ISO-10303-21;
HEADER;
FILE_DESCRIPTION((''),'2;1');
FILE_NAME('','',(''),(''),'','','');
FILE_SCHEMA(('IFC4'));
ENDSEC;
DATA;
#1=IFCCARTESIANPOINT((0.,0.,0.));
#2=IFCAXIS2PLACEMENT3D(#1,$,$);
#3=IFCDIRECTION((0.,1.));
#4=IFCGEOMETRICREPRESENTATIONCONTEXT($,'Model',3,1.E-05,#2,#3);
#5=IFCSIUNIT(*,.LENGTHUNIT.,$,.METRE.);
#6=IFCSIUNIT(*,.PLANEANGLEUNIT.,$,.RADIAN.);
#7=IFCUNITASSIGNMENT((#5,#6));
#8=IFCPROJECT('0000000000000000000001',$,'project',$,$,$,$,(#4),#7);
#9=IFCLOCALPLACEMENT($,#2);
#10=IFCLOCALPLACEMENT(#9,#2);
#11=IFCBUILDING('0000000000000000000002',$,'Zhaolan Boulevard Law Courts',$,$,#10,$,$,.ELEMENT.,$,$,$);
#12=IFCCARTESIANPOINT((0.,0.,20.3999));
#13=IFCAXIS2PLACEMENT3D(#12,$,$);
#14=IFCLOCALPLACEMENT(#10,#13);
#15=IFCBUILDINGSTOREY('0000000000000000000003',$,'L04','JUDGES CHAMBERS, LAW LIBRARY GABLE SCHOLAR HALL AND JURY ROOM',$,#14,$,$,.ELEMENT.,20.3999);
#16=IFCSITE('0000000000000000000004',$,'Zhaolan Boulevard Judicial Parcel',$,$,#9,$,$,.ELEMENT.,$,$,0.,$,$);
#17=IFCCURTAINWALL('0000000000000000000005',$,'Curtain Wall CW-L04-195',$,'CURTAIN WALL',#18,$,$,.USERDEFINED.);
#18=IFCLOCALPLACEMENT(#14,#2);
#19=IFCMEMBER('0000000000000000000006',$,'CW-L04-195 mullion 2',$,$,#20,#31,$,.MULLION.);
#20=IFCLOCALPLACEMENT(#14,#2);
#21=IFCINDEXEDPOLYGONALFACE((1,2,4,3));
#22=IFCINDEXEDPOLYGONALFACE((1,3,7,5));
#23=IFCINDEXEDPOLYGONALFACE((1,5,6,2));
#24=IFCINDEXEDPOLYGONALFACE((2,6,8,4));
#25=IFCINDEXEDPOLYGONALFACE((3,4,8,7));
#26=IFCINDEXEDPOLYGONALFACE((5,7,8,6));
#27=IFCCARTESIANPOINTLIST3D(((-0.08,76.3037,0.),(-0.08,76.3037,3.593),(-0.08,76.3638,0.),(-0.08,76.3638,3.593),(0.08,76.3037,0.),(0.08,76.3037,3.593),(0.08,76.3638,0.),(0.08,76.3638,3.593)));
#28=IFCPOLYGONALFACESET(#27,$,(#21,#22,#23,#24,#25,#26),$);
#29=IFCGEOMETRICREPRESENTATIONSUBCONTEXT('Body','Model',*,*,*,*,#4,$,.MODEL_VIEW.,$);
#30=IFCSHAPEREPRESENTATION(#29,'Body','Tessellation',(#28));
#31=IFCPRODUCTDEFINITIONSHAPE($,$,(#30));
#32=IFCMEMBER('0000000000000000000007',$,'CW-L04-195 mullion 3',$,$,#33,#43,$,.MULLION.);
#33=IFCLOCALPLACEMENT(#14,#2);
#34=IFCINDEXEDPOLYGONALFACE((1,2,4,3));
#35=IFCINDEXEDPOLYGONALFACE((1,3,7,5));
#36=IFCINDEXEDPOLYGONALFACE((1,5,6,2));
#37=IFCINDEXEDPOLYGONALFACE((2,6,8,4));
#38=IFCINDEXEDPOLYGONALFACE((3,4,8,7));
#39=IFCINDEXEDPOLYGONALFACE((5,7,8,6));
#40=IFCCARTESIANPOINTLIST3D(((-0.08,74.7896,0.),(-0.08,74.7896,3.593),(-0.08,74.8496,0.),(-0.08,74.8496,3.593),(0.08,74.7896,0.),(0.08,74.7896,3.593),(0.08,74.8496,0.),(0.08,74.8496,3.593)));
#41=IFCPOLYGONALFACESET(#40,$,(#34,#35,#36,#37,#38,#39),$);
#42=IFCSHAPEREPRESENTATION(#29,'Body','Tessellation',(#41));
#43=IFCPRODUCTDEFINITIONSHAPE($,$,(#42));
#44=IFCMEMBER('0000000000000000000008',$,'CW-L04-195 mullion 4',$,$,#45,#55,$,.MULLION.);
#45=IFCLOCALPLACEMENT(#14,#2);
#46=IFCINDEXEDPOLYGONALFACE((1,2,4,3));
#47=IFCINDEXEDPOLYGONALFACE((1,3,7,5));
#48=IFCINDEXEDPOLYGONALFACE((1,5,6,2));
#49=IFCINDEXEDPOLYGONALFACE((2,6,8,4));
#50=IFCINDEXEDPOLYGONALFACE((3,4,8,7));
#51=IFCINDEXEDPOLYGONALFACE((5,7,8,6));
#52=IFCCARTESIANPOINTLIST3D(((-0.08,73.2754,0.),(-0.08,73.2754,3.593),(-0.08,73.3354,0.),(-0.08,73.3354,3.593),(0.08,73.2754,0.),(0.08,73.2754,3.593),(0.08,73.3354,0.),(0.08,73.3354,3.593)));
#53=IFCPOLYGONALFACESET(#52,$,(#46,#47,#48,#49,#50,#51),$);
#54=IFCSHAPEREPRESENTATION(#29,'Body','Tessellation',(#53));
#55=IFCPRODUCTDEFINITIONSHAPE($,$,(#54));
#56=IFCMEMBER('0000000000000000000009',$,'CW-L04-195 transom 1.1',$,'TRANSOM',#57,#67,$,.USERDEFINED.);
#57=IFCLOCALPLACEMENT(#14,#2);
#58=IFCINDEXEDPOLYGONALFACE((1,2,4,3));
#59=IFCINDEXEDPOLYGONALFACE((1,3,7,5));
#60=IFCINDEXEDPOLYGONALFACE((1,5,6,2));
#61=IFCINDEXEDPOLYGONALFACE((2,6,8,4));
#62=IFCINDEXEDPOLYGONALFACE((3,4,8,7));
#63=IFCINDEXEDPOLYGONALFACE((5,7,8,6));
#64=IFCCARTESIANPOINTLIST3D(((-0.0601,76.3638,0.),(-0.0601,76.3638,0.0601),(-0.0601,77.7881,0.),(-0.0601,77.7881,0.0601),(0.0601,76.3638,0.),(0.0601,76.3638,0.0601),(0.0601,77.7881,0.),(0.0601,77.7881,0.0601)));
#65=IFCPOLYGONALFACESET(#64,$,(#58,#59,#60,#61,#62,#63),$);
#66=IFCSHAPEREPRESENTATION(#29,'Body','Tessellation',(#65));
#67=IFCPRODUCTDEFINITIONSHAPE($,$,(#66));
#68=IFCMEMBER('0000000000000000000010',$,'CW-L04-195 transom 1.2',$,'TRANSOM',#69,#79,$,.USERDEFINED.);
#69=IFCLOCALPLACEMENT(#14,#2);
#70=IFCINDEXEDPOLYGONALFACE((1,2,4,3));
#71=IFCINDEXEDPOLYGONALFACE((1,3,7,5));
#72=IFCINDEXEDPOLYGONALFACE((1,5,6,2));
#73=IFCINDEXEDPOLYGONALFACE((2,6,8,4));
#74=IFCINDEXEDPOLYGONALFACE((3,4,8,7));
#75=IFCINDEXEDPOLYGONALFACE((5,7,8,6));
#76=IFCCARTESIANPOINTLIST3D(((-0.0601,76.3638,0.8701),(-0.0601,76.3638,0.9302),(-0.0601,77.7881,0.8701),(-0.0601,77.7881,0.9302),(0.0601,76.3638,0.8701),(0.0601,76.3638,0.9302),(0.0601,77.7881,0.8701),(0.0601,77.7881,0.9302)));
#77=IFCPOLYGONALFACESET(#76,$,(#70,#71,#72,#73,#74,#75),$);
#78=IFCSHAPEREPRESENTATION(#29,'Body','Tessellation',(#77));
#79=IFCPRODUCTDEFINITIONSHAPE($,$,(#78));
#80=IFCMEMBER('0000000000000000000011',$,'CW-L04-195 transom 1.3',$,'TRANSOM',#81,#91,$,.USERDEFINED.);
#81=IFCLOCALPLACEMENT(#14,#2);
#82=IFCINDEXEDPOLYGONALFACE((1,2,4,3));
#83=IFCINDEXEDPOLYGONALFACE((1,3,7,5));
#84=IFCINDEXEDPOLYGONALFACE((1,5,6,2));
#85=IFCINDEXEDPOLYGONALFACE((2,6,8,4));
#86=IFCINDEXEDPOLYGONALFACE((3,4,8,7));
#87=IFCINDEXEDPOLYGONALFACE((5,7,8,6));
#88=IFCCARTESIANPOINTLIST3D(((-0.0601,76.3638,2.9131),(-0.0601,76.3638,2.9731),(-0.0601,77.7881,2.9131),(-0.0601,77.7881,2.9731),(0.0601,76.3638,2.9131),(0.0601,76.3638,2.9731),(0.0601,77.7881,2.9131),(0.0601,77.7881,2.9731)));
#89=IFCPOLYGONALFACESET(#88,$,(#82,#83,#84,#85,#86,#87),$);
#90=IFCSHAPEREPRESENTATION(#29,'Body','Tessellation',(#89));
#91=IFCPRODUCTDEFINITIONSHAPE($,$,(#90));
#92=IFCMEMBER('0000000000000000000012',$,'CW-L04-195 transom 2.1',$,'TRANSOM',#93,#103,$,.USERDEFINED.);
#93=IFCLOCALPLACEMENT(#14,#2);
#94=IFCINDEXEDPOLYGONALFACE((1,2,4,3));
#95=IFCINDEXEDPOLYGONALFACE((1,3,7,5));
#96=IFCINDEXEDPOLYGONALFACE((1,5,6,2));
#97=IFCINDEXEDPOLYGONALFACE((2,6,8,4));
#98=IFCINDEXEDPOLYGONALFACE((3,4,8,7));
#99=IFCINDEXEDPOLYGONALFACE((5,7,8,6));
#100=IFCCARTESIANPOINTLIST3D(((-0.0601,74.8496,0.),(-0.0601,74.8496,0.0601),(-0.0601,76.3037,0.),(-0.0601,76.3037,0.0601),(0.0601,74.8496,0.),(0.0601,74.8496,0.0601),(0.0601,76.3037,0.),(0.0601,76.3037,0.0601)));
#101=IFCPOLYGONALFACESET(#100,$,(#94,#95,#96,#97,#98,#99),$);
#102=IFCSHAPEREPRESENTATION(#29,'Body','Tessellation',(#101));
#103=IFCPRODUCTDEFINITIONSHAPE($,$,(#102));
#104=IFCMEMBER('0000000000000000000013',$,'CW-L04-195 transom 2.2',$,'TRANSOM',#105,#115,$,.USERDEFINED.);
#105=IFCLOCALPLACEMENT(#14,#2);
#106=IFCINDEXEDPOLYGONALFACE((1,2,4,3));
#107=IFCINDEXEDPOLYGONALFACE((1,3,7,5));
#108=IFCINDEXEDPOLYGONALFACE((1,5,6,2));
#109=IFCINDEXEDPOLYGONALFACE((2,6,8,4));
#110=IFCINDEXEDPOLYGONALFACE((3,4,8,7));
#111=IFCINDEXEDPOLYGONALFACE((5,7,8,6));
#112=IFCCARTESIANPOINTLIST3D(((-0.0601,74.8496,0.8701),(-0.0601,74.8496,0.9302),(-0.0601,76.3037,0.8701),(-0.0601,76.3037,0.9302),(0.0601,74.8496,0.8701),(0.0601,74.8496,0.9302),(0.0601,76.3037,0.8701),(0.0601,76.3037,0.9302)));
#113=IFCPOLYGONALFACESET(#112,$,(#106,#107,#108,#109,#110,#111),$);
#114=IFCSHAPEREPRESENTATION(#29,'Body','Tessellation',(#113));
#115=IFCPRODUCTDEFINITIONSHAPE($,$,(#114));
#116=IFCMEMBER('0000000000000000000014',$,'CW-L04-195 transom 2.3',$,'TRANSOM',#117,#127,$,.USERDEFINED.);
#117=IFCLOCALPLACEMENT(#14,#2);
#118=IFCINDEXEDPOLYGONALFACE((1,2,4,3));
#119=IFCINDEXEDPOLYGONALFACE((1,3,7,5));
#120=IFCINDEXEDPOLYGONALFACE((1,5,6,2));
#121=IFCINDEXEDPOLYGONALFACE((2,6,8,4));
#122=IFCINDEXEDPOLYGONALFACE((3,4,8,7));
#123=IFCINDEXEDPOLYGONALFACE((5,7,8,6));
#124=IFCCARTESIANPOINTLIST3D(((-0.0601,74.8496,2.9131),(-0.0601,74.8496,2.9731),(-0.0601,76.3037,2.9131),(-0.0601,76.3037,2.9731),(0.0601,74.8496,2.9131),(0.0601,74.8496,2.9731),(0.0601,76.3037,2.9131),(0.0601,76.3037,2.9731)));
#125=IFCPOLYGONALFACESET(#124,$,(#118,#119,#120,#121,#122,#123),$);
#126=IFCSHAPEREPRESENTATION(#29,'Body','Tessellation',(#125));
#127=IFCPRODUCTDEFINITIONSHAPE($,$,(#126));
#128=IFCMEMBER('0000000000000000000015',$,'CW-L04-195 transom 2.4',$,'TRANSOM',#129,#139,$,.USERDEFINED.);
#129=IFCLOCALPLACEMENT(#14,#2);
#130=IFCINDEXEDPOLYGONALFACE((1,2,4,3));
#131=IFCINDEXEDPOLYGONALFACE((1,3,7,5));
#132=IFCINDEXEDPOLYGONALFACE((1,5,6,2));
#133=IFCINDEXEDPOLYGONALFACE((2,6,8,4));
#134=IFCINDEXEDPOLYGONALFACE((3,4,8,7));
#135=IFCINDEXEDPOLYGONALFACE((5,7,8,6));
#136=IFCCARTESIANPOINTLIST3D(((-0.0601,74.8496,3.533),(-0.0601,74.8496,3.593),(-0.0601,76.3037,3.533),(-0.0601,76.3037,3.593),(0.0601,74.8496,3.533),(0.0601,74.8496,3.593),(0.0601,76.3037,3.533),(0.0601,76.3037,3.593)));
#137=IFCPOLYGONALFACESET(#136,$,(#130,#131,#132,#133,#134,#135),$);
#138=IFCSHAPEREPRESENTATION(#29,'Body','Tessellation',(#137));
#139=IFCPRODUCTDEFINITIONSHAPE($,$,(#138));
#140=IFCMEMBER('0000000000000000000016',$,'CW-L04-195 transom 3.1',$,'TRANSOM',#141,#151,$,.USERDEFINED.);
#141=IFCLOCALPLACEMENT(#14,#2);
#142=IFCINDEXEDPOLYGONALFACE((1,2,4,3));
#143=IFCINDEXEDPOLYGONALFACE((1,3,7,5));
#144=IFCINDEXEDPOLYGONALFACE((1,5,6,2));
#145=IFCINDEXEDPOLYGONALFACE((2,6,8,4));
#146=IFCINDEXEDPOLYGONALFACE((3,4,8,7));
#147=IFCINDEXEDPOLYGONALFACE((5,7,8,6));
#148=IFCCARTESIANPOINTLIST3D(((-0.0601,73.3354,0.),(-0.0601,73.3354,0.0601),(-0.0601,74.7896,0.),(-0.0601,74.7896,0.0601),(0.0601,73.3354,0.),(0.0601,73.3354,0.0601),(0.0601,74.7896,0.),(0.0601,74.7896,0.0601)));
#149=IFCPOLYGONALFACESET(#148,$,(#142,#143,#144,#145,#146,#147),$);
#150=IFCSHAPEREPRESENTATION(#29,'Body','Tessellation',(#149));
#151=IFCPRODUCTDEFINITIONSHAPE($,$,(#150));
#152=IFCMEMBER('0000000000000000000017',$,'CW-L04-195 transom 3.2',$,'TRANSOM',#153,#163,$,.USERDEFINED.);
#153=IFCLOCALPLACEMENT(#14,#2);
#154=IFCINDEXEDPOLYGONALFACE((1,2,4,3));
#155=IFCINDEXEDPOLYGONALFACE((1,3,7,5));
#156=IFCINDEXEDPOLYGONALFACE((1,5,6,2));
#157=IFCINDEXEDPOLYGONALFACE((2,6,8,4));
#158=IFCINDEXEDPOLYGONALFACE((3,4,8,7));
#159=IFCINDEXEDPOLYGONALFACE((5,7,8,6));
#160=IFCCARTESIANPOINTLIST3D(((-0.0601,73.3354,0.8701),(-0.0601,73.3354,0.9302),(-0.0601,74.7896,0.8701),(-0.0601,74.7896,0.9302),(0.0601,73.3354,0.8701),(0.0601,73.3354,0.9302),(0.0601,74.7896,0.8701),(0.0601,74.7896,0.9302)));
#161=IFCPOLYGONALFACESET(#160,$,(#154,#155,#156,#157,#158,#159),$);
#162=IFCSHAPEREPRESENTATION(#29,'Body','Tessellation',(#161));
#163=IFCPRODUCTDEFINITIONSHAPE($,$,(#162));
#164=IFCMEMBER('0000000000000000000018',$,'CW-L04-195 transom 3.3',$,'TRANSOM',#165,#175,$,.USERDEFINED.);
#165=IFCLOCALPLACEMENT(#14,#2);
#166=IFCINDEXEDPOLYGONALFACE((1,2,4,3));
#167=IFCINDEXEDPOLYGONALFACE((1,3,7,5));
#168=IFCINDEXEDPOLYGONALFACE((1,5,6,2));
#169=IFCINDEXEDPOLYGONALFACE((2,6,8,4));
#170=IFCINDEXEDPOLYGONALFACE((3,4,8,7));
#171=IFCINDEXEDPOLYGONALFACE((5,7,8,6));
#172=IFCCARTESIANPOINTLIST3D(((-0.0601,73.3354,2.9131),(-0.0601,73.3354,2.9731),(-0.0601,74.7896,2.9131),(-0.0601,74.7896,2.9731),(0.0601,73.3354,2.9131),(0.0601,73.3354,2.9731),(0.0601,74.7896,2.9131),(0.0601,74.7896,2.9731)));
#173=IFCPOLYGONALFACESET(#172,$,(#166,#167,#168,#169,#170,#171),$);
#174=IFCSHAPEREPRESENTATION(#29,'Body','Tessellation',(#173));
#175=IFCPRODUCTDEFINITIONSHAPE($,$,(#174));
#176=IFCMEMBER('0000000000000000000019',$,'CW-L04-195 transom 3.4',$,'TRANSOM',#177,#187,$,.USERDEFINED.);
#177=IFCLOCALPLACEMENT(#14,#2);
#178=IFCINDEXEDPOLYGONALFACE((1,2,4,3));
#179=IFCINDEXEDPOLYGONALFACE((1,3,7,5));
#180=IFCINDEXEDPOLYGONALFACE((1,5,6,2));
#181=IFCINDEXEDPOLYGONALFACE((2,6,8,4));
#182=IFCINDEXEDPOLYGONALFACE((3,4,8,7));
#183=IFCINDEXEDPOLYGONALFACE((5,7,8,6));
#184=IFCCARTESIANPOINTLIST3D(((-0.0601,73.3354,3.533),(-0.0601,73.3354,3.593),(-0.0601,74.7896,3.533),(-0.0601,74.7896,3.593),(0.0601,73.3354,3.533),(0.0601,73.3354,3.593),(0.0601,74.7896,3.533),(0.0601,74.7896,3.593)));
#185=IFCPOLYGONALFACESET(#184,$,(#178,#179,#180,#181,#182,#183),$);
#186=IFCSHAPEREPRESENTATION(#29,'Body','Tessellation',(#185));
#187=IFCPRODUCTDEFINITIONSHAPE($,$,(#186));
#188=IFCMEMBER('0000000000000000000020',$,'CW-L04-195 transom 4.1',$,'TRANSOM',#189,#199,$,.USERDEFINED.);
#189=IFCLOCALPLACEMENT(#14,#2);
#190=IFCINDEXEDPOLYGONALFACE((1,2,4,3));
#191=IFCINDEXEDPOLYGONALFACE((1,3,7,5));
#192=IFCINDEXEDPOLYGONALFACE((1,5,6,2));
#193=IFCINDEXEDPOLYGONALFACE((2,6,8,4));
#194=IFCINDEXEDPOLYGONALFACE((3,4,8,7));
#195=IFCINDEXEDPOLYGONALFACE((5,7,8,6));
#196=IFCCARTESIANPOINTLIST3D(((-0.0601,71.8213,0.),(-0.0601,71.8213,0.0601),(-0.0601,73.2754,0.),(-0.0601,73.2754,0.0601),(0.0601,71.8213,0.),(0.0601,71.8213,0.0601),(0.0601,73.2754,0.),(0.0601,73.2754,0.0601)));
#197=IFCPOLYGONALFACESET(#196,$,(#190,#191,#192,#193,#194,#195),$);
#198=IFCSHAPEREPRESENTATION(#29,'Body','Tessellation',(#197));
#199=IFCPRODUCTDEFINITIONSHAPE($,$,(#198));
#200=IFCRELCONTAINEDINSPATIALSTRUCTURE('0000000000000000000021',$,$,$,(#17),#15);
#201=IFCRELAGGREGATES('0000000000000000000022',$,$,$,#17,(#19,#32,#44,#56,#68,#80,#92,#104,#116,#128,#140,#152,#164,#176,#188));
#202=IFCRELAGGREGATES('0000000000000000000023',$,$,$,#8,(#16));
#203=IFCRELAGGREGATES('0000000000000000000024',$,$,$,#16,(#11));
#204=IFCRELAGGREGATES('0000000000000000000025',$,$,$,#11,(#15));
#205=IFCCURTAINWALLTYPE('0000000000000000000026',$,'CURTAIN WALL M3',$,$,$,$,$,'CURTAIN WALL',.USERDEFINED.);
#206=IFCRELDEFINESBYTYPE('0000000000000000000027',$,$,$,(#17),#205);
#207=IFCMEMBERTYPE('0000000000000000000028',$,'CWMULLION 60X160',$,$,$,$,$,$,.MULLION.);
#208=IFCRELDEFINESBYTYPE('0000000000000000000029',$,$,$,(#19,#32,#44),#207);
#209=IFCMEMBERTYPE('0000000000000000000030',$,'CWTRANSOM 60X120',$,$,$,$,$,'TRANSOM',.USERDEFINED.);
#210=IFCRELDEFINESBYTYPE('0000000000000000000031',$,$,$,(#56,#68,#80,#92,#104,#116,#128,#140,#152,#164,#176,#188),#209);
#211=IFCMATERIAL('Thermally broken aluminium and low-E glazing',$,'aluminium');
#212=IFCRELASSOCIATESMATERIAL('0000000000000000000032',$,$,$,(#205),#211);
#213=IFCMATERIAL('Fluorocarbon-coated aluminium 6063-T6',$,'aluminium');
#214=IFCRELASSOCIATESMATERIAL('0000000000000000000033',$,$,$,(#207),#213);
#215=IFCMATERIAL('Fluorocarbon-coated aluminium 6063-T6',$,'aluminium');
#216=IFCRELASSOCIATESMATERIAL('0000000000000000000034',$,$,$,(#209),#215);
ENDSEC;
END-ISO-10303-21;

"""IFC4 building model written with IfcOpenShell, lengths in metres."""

from ifc_helpers import new_model, si_unit, direction, frame, origin, origin_2d, place, context, subcontext, project, spatial, rectangle, extrude, material, material_profile, profile_set, type_object, element, aggregate, save


model = new_model("IFC4")

# Units and contexts
model_context = context("Model", 3, precision=1e-05, world=origin(), true_north=direction((0.0, 1.0)))
body_context = subcontext(model_context, "Body", "Model", "MODEL_VIEW")
ifc_project = project(units=[si_unit("LENGTHUNIT", "METRE"), si_unit("PLANEANGLEUNIT", "RADIAN")], contexts=[model_context])

# Site, building, storey
site_placement = place(None, origin())
site = spatial("IfcSite", under=ifc_project, at=site_placement, Name="Zhaolan Boulevard Judicial Parcel", CompositionType="ELEMENT", RefElevation=0.0)
building_placement = place(site_placement, origin())
building = spatial("IfcBuilding", under=site, at=building_placement, Name="Zhaolan Boulevard Law Courts", CompositionType="ELEMENT")
storey_placement = place(building_placement, frame((0.0, 0.0, 20.3999)))
storey = spatial("IfcBuildingStorey", under=building, at=storey_placement, Name="L04", Description="JUDGES CHAMBERS, LAW LIBRARY GABLE SCHOLAR HALL AND JURY ROOM", CompositionType="ELEMENT", Elevation=20.3999)

# Curtain wall, members
ifc_material_1 = material(Name="Thermally broken aluminium and low-E glazing", Category="aluminium")
curtain_wall_type = type_object("IfcCurtainWallType", Name="CURTAIN WALL M3", ElementType="CURTAIN WALL", PredefinedType="USERDEFINED", material=ifc_material_1)
curtain_wall_placement = place(storey_placement, origin())
curtain_wall = element("IfcCurtainWall", 1, at=curtain_wall_placement, inside=storey, type_object=curtain_wall_type, Name="Curtain Wall CW-L04-195", ObjectType="CURTAIN WALL", PredefinedType="USERDEFINED")
ifc_material_2 = material(Name="Fluorocarbon-coated aluminium 6063-T6", Category="aluminium")
ifc_material_profile_1 = material_profile(ifc_material_2, rectangle(XDim=0.1599, YDim=0.0601, at=origin_2d()), Name="AL60x160")
ifc_profile_set_1 = profile_set([ifc_material_profile_1], Name="Fluorocarbon-coated aluminium 6063-T6")
member_type_1 = type_object("IfcMemberType", Name="CWMULLION 60X160", PredefinedType="MULLION", material=ifc_profile_set_1)
member_1_placement = place(storey_placement, frame((0.0, 76.3337, 0.0), z_axis=(0.0, 0.0, 1.0), x_axis=(1.0, 0.0, 0.0)))
member_1 = element("IfcMember", 2, at=member_1_placement, type_object=member_type_1, Name="CW-L04-195 mullion 2", PredefinedType="MULLION", context=body_context, shape_type="SweptSolid", body=[
    extrude(rectangle(XDim=0.1599, YDim=0.0601, at=origin_2d()), origin(), (0.0, 0.0, 1.0), 3.593),
])
member_2_placement = place(storey_placement, frame((0.0, 74.8196, 0.0), z_axis=(0.0, 0.0, 1.0), x_axis=(1.0, 0.0, 0.0)))
member_2 = element("IfcMember", 3, at=member_2_placement, type_object=member_type_1, Name="CW-L04-195 mullion 3", PredefinedType="MULLION", context=body_context, shape_type="SweptSolid", body=[
    extrude(rectangle(XDim=0.1599, YDim=0.0601, at=origin_2d()), origin(), (0.0, 0.0, 1.0), 3.593),
])
member_3_placement = place(storey_placement, frame((0.0, 73.3054, 0.0), z_axis=(0.0, 0.0, 1.0), x_axis=(1.0, 0.0, 0.0)))
member_3 = element("IfcMember", 4, at=member_3_placement, type_object=member_type_1, Name="CW-L04-195 mullion 4", PredefinedType="MULLION", context=body_context, shape_type="SweptSolid", body=[
    extrude(rectangle(XDim=0.1599, YDim=0.0601, at=origin_2d()), origin(), (0.0, 0.0, 1.0), 3.593),
])
ifc_material_3 = material(Name="Fluorocarbon-coated aluminium 6063-T6", Category="aluminium")
ifc_material_profile_2 = material_profile(ifc_material_3, rectangle(XDim=0.1201, YDim=0.0601, at=origin_2d()), Name="AL60x120")
ifc_profile_set_2 = profile_set([ifc_material_profile_2], Name="Fluorocarbon-coated aluminium 6063-T6")
member_type_2 = type_object("IfcMemberType", Name="CWTRANSOM 60X120", ElementType="TRANSOM", PredefinedType="USERDEFINED", material=ifc_profile_set_2)
member_4_placement = place(storey_placement, frame((0.0, 77.7881, 0.03), z_axis=(0.0, -1.0, 0.0), x_axis=(1.0, 0.0, 0.0)))
member_4 = element("IfcMember", 5, at=member_4_placement, type_object=member_type_2, Name="CW-L04-195 transom 1.1", ObjectType="TRANSOM", PredefinedType="USERDEFINED", context=body_context, shape_type="SweptSolid", body=[
    extrude(rectangle(XDim=0.1201, YDim=0.0601, at=origin_2d()), origin(), (0.0, 0.0, 1.0), 1.4243),
])
member_5_placement = place(storey_placement, frame((0.0, 77.7881, 0.9001), z_axis=(0.0, -1.0, 0.0), x_axis=(1.0, 0.0, 0.0)))
member_5 = element("IfcMember", 6, at=member_5_placement, type_object=member_type_2, Name="CW-L04-195 transom 1.2", ObjectType="TRANSOM", PredefinedType="USERDEFINED", context=body_context, shape_type="SweptSolid", body=[
    extrude(rectangle(XDim=0.1201, YDim=0.0601, at=origin_2d()), origin(), (0.0, 0.0, 1.0), 1.4243),
])
member_6_placement = place(storey_placement, frame((0.0, 77.7881, 2.9431), z_axis=(0.0, -1.0, 0.0), x_axis=(1.0, 0.0, 0.0)))
member_6 = element("IfcMember", 7, at=member_6_placement, type_object=member_type_2, Name="CW-L04-195 transom 1.3", ObjectType="TRANSOM", PredefinedType="USERDEFINED", context=body_context, shape_type="SweptSolid", body=[
    extrude(rectangle(XDim=0.1201, YDim=0.0601, at=origin_2d()), origin(), (0.0, 0.0, 1.0), 1.4243),
])
member_7_placement = place(storey_placement, frame((0.0, 76.3037, 0.03), z_axis=(0.0, -1.0, 0.0), x_axis=(1.0, 0.0, 0.0)))
member_7 = element("IfcMember", 8, at=member_7_placement, type_object=member_type_2, Name="CW-L04-195 transom 2.1", ObjectType="TRANSOM", PredefinedType="USERDEFINED", context=body_context, shape_type="SweptSolid", body=[
    extrude(rectangle(XDim=0.1201, YDim=0.0601, at=origin_2d()), origin(), (0.0, 0.0, 1.0), 1.4541),
])
member_8_placement = place(storey_placement, frame((0.0, 76.3037, 0.9001), z_axis=(0.0, -1.0, 0.0), x_axis=(1.0, 0.0, 0.0)))
member_8 = element("IfcMember", 9, at=member_8_placement, type_object=member_type_2, Name="CW-L04-195 transom 2.2", ObjectType="TRANSOM", PredefinedType="USERDEFINED", context=body_context, shape_type="SweptSolid", body=[
    extrude(rectangle(XDim=0.1201, YDim=0.0601, at=origin_2d()), origin(), (0.0, 0.0, 1.0), 1.4541),
])
member_9_placement = place(storey_placement, frame((0.0, 76.3037, 2.9431), z_axis=(0.0, -1.0, 0.0), x_axis=(1.0, 0.0, 0.0)))
member_9 = element("IfcMember", 10, at=member_9_placement, type_object=member_type_2, Name="CW-L04-195 transom 2.3", ObjectType="TRANSOM", PredefinedType="USERDEFINED", context=body_context, shape_type="SweptSolid", body=[
    extrude(rectangle(XDim=0.1201, YDim=0.0601, at=origin_2d()), origin(), (0.0, 0.0, 1.0), 1.4541),
])
member_10_placement = place(storey_placement, frame((0.0, 76.3037, 3.563), z_axis=(0.0, -1.0, 0.0), x_axis=(1.0, 0.0, 0.0)))
member_10 = element("IfcMember", 11, at=member_10_placement, type_object=member_type_2, Name="CW-L04-195 transom 2.4", ObjectType="TRANSOM", PredefinedType="USERDEFINED", context=body_context, shape_type="SweptSolid", body=[
    extrude(rectangle(XDim=0.1201, YDim=0.0601, at=origin_2d()), origin(), (0.0, 0.0, 1.0), 1.4541),
])
member_11_placement = place(storey_placement, frame((0.0, 74.7896, 0.03), z_axis=(0.0, -1.0, 0.0), x_axis=(1.0, 0.0, 0.0)))
member_11 = element("IfcMember", 12, at=member_11_placement, type_object=member_type_2, Name="CW-L04-195 transom 3.1", ObjectType="TRANSOM", PredefinedType="USERDEFINED", context=body_context, shape_type="SweptSolid", body=[
    extrude(rectangle(XDim=0.1201, YDim=0.0601, at=origin_2d()), origin(), (0.0, 0.0, 1.0), 1.4541),
])
member_12_placement = place(storey_placement, frame((0.0, 74.7896, 0.9001), z_axis=(0.0, -1.0, 0.0), x_axis=(1.0, 0.0, 0.0)))
member_12 = element("IfcMember", 13, at=member_12_placement, type_object=member_type_2, Name="CW-L04-195 transom 3.2", ObjectType="TRANSOM", PredefinedType="USERDEFINED", context=body_context, shape_type="SweptSolid", body=[
    extrude(rectangle(XDim=0.1201, YDim=0.0601, at=origin_2d()), origin(), (0.0, 0.0, 1.0), 1.4541),
])
member_13_placement = place(storey_placement, frame((0.0, 74.7896, 2.9431), z_axis=(0.0, -1.0, 0.0), x_axis=(1.0, 0.0, 0.0)))
member_13 = element("IfcMember", 14, at=member_13_placement, type_object=member_type_2, Name="CW-L04-195 transom 3.3", ObjectType="TRANSOM", PredefinedType="USERDEFINED", context=body_context, shape_type="SweptSolid", body=[
    extrude(rectangle(XDim=0.1201, YDim=0.0601, at=origin_2d()), origin(), (0.0, 0.0, 1.0), 1.4541),
])
member_14_placement = place(storey_placement, frame((0.0, 74.7896, 3.563), z_axis=(0.0, -1.0, 0.0), x_axis=(1.0, 0.0, 0.0)))
member_14 = element("IfcMember", 15, at=member_14_placement, type_object=member_type_2, Name="CW-L04-195 transom 3.4", ObjectType="TRANSOM", PredefinedType="USERDEFINED", context=body_context, shape_type="SweptSolid", body=[
    extrude(rectangle(XDim=0.1201, YDim=0.0601, at=origin_2d()), origin(), (0.0, 0.0, 1.0), 1.4541),
])
member_15_placement = place(storey_placement, frame((0.0, 73.2754, 0.03), z_axis=(0.0, -1.0, 0.0), x_axis=(1.0, 0.0, 0.0)))
member_15 = element("IfcMember", 16, at=member_15_placement, type_object=member_type_2, Name="CW-L04-195 transom 4.1", ObjectType="TRANSOM", PredefinedType="USERDEFINED", context=body_context, shape_type="SweptSolid", body=[
    extrude(rectangle(XDim=0.1201, YDim=0.0601, at=origin_2d()), origin(), (0.0, 0.0, 1.0), 1.4541),
])
aggregate(curtain_wall, [member_1, member_2, member_3, member_4, member_5, member_6, member_7, member_8, member_9, member_10, member_11, member_12, member_13, member_14, member_15])

save(model, "model.ifc")
